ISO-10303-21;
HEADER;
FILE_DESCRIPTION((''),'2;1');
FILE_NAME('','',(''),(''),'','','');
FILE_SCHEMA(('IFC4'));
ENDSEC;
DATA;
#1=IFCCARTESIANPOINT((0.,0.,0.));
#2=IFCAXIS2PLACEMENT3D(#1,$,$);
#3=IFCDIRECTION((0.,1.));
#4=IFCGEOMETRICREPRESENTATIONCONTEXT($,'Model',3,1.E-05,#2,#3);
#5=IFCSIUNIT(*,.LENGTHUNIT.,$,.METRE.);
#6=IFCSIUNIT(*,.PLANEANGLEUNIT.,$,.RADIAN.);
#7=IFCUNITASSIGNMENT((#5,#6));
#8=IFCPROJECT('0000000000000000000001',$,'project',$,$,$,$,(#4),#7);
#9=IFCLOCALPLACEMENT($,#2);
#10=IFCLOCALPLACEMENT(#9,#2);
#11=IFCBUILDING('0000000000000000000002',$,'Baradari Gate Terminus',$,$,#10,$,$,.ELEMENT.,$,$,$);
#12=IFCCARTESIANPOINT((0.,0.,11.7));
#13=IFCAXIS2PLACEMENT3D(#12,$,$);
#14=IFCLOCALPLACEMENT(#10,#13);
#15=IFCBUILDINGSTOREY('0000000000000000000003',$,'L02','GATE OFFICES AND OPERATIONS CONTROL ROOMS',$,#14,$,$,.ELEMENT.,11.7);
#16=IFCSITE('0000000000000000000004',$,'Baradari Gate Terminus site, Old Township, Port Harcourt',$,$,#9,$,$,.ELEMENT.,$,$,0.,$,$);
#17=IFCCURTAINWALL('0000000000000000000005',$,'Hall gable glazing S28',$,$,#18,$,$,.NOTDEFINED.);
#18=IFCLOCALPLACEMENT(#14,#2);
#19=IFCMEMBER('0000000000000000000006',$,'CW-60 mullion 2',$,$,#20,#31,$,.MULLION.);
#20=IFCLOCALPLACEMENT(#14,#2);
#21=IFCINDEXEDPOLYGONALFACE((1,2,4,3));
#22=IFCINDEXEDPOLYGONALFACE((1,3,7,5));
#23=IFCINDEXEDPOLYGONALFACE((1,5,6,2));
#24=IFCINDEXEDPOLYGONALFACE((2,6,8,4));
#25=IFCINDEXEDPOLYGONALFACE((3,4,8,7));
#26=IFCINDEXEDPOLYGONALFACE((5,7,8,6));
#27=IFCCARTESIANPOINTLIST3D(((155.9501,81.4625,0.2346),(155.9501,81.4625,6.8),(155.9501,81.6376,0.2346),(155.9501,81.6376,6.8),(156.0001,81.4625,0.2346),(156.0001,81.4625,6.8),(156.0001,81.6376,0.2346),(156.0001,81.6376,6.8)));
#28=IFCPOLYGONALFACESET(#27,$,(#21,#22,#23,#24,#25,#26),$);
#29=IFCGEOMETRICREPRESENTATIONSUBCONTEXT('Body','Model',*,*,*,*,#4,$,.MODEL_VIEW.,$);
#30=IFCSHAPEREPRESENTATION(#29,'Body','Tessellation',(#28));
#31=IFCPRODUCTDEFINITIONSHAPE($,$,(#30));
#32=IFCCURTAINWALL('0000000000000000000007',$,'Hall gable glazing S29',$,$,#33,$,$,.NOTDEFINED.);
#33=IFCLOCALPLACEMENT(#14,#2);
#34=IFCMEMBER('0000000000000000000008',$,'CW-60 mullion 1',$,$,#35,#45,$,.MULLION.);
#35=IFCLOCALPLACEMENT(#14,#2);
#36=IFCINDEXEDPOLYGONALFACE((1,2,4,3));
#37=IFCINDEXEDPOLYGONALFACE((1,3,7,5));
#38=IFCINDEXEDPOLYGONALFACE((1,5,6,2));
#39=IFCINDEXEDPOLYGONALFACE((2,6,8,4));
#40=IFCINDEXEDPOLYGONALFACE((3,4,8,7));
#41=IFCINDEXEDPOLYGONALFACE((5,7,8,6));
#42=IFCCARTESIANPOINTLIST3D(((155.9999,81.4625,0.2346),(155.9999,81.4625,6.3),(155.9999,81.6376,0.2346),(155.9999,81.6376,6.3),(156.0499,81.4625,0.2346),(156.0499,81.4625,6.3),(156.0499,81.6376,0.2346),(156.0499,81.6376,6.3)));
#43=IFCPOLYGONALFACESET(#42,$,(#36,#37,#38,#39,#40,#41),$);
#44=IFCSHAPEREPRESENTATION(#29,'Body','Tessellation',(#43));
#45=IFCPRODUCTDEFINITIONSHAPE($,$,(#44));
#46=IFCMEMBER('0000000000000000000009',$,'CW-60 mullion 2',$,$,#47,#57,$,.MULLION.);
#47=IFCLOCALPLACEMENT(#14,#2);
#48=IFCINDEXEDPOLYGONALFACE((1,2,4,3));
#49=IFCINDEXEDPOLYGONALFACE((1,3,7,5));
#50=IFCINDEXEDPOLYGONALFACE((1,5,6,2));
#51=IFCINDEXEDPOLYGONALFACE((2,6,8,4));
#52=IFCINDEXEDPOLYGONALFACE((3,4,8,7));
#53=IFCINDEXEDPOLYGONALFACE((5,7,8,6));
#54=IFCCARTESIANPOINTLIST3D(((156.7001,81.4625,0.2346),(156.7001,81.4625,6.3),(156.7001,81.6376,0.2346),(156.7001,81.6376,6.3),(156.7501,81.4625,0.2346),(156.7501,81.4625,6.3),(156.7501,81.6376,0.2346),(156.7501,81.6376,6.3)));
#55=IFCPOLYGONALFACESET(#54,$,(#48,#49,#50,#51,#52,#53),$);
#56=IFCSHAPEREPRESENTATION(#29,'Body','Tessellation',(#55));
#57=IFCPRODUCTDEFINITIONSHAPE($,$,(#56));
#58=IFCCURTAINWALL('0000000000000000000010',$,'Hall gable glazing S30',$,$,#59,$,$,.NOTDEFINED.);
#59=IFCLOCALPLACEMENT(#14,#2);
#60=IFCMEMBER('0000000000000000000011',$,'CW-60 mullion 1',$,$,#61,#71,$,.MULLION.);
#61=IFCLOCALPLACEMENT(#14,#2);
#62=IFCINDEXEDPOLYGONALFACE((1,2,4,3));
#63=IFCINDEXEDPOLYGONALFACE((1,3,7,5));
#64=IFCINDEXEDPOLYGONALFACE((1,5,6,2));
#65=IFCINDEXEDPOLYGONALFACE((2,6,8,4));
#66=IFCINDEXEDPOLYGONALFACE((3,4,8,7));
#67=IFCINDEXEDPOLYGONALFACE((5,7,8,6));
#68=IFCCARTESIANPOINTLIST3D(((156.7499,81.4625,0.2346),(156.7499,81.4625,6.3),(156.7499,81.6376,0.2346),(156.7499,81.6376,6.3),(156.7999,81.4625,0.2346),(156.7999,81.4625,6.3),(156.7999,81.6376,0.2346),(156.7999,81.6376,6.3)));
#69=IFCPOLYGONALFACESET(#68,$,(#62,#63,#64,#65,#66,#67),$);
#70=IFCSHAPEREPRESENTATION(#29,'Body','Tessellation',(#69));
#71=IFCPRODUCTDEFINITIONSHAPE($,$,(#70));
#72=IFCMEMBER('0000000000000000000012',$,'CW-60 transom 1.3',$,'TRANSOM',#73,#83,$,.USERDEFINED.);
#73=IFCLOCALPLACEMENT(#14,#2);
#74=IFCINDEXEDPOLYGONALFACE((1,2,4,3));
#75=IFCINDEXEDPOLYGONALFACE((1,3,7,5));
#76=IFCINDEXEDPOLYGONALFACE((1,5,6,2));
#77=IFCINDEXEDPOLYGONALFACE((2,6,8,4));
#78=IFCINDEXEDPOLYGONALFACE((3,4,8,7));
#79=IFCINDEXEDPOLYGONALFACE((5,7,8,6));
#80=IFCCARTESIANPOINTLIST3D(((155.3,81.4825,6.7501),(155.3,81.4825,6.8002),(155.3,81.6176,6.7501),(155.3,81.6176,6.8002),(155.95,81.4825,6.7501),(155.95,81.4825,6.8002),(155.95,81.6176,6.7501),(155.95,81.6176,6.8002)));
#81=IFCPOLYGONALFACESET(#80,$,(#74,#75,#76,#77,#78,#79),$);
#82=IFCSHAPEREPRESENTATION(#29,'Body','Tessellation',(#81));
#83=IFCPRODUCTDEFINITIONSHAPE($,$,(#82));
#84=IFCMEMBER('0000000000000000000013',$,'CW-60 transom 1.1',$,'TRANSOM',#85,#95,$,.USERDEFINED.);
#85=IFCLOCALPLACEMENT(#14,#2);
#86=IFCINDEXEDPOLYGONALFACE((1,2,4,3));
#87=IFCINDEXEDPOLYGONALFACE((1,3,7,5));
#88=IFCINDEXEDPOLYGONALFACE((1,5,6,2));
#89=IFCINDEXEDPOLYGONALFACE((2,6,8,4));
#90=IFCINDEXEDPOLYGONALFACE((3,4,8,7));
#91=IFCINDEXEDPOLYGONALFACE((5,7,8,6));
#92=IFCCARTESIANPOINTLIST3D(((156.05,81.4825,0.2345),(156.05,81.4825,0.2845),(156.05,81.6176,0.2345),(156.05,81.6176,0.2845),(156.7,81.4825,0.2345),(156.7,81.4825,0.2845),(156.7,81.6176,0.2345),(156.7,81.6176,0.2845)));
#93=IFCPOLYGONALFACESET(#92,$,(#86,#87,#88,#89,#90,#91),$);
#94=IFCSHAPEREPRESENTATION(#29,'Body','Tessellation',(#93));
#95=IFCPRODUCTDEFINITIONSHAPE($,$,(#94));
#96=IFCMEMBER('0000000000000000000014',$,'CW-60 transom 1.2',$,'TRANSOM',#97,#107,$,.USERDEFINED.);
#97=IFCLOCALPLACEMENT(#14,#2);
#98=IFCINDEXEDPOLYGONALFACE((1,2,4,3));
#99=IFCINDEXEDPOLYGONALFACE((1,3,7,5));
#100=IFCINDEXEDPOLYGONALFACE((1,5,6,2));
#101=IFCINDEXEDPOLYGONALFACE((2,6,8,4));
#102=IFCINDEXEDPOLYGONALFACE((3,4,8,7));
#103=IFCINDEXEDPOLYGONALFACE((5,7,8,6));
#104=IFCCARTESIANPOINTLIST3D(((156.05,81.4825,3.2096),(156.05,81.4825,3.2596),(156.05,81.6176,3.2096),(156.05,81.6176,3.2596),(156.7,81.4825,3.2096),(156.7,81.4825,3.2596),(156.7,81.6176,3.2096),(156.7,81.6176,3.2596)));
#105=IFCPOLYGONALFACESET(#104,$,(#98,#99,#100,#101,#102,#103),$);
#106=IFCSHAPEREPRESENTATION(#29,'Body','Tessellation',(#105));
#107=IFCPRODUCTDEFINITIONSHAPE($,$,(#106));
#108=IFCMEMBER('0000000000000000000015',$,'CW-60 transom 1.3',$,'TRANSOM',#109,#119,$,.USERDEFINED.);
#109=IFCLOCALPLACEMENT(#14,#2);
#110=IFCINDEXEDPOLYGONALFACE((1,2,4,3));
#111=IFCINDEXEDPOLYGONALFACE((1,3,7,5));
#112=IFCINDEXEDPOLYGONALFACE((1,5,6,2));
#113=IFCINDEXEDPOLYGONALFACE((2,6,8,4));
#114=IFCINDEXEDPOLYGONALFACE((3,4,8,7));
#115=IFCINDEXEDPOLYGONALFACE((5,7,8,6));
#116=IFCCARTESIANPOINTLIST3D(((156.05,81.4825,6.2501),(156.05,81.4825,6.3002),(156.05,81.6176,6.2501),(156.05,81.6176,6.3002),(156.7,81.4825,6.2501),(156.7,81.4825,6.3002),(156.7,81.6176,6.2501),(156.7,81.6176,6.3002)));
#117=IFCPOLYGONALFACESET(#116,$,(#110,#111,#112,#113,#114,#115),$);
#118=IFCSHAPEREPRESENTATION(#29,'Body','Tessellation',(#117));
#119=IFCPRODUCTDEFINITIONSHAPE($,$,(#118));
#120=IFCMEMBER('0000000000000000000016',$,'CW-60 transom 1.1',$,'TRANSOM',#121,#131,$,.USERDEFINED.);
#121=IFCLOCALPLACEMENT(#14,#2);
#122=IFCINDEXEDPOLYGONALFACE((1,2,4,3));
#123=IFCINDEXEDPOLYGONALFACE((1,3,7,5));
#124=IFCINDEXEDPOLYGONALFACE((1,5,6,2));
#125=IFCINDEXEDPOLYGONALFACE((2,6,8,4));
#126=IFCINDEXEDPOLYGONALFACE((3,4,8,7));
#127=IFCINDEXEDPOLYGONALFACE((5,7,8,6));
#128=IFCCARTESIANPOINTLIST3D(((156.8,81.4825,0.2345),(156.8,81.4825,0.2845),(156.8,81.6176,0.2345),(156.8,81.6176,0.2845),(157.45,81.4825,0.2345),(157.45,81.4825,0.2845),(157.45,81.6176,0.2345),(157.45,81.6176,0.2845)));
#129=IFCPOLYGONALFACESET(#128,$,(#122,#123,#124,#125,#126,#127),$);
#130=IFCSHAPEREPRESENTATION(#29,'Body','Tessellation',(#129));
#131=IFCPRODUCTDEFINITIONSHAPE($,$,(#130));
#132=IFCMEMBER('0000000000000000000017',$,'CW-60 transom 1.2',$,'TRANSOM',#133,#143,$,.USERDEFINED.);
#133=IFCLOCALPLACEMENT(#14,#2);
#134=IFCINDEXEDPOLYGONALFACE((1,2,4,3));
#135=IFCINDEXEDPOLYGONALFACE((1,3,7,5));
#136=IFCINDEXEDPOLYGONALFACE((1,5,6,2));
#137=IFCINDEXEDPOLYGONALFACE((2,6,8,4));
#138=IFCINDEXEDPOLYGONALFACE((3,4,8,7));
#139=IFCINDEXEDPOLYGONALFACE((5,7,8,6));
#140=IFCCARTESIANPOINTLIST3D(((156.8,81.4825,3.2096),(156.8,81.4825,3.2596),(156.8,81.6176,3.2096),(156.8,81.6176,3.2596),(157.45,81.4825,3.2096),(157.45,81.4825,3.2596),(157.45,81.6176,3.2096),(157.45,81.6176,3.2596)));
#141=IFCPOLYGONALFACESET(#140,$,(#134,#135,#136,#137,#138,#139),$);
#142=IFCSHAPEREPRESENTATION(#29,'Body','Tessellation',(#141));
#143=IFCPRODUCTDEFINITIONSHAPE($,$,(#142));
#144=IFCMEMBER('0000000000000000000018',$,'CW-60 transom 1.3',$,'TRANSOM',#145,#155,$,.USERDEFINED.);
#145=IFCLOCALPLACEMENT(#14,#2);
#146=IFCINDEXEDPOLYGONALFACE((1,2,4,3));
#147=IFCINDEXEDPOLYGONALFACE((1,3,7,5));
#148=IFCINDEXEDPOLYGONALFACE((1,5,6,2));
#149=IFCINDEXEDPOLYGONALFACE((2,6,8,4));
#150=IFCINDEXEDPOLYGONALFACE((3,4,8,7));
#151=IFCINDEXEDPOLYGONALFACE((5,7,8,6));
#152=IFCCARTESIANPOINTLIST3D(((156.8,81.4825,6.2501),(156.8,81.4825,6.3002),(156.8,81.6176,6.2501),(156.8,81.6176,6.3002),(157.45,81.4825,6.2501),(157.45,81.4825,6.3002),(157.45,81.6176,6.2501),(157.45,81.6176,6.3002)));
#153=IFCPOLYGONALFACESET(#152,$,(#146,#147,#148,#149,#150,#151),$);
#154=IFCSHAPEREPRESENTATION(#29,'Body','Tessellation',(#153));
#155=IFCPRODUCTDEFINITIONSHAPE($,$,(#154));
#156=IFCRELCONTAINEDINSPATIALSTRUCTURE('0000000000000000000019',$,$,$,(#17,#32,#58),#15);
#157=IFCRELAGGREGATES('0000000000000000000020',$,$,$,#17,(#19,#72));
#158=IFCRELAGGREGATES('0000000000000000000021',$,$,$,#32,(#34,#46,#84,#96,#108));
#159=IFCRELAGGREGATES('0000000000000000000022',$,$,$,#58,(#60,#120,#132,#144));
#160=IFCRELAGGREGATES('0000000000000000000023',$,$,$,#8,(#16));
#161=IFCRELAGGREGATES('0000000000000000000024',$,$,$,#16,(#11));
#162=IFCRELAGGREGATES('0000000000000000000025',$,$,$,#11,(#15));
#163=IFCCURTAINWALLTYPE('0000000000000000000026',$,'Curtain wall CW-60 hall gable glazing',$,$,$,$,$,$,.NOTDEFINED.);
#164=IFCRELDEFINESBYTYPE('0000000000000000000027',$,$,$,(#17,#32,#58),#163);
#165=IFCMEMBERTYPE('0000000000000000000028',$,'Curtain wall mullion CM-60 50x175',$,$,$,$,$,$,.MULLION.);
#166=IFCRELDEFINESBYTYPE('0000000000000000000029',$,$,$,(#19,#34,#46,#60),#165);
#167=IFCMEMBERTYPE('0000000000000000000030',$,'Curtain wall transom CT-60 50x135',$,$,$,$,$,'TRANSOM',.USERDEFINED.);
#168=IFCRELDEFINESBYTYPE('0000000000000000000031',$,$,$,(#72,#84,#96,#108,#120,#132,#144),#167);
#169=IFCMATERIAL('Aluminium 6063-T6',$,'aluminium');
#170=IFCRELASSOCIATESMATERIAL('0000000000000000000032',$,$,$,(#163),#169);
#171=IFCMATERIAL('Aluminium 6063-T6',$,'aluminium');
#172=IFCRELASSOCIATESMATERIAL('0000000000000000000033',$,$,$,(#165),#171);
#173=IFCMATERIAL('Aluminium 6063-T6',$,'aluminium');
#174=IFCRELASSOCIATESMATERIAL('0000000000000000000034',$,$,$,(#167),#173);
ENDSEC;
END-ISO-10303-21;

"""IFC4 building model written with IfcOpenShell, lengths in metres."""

from ifc_helpers import new_model, si_unit, direction, frame, origin, origin_2d, place, context, subcontext, project, spatial, rectangle, extrude, material, material_profile, profile_set, type_object, element, aggregate, save


model = new_model("IFC4")

# Units and contexts
model_context = context("Model", 3, precision=1e-05, world=origin(), true_north=direction((0.0, 1.0)))
body_context = subcontext(model_context, "Body", "Model", "MODEL_VIEW")
ifc_project = project(units=[si_unit("LENGTHUNIT", "METRE"), si_unit("PLANEANGLEUNIT", "RADIAN")], contexts=[model_context])

# Site, building, storey
site_placement = place(None, origin())
site = spatial("IfcSite", under=ifc_project, at=site_placement, Name="Baradari Gate Terminus site, Old Township, Port Harcourt", CompositionType="ELEMENT", RefElevation=0.0)
building_placement = place(site_placement, origin())
building = spatial("IfcBuilding", under=site, at=building_placement, Name="Baradari Gate Terminus", CompositionType="ELEMENT")
storey_placement = place(building_placement, frame((0.0, 0.0, 11.7)))
storey = spatial("IfcBuildingStorey", under=building, at=storey_placement, Name="L02", Description="GATE OFFICES AND OPERATIONS CONTROL ROOMS", CompositionType="ELEMENT", Elevation=11.7)

# Curtain wall, member
ifc_material_1 = material(Name="Aluminium 6063-T6", Category="aluminium")
curtain_wall_type = type_object("IfcCurtainWallType", Name="Curtain wall CW-60 hall gable glazing", PredefinedType="NOTDEFINED", material=ifc_material_1)
curtain_wall_1_placement = place(storey_placement, origin())
curtain_wall_1 = element("IfcCurtainWall", 1, at=curtain_wall_1_placement, inside=storey, type_object=curtain_wall_type, Name="Hall gable glazing S28", PredefinedType="NOTDEFINED")
ifc_material_2 = material(Name="Aluminium 6063-T6", Category="aluminium")
ifc_material_profile_1 = material_profile(ifc_material_2, rectangle(XDim=0.175, YDim=0.05, at=origin_2d()), Name="CM-60 50X175")
ifc_profile_set_1 = profile_set([ifc_material_profile_1], Name="Aluminium 6063-T6")
member_type_1 = type_object("IfcMemberType", Name="Curtain wall mullion CM-60 50x175", PredefinedType="MULLION", material=ifc_profile_set_1)
member_1_placement = place(storey_placement, frame((155.9751, 81.55, 0.2346), z_axis=(0.0, 0.0, 1.0), x_axis=(0.0, 1.0, 0.0)))
member_1 = element("IfcMember", 2, at=member_1_placement, type_object=member_type_1, Name="CW-60 mullion 2", PredefinedType="MULLION", context=body_context, shape_type="SweptSolid", body=[
    extrude(rectangle(XDim=0.175, YDim=0.05, at=origin_2d()), origin(), (0.0, 0.0, 1.0), 6.5654),
])

# Curtain wall, members
curtain_wall_2_placement = place(storey_placement, origin())
curtain_wall_2 = element("IfcCurtainWall", 3, at=curtain_wall_2_placement, inside=storey, type_object=curtain_wall_type, Name="Hall gable glazing S29", PredefinedType="NOTDEFINED")
member_2_placement = place(storey_placement, frame((156.0249, 81.55, 0.2346), z_axis=(0.0, 0.0, 1.0), x_axis=(0.0, 1.0, 0.0)))
member_2 = element("IfcMember", 4, at=member_2_placement, type_object=member_type_1, Name="CW-60 mullion 1", PredefinedType="MULLION", context=body_context, shape_type="SweptSolid", body=[
    extrude(rectangle(XDim=0.175, YDim=0.05, at=origin_2d()), origin(), (0.0, 0.0, 1.0), 6.0654),
])
member_3_placement = place(storey_placement, frame((156.7251, 81.55, 0.2346), z_axis=(0.0, 0.0, 1.0), x_axis=(0.0, 1.0, 0.0)))
member_3 = element("IfcMember", 5, at=member_3_placement, type_object=member_type_1, Name="CW-60 mullion 2", PredefinedType="MULLION", context=body_context, shape_type="SweptSolid", body=[
    extrude(rectangle(XDim=0.175, YDim=0.05, at=origin_2d()), origin(), (0.0, 0.0, 1.0), 6.0654),
])

# Curtain wall, member
curtain_wall_3_placement = place(storey_placement, origin())
curtain_wall_3 = element("IfcCurtainWall", 6, at=curtain_wall_3_placement, inside=storey, type_object=curtain_wall_type, Name="Hall gable glazing S30", PredefinedType="NOTDEFINED")
member_4_placement = place(storey_placement, frame((156.7749, 81.55, 0.2346), z_axis=(0.0, 0.0, 1.0), x_axis=(0.0, 1.0, 0.0)))
member_4 = element("IfcMember", 7, at=member_4_placement, type_object=member_type_1, Name="CW-60 mullion 1", PredefinedType="MULLION", context=body_context, shape_type="SweptSolid", body=[
    extrude(rectangle(XDim=0.175, YDim=0.05, at=origin_2d()), origin(), (0.0, 0.0, 1.0), 6.0654),
])

# Members
ifc_material_3 = material(Name="Aluminium 6063-T6", Category="aluminium")
ifc_material_profile_2 = material_profile(ifc_material_3, rectangle(XDim=0.135, YDim=0.05, at=origin_2d()), Name="CT-60 50X135")
ifc_profile_set_2 = profile_set([ifc_material_profile_2], Name="Aluminium 6063-T6")
member_type_2 = type_object("IfcMemberType", Name="Curtain wall transom CT-60 50x135", ElementType="TRANSOM", PredefinedType="USERDEFINED", material=ifc_profile_set_2)
member_5_placement = place(storey_placement, frame((155.3, 81.55, 6.7751), z_axis=(1.0, 0.0, 0.0), x_axis=(0.0, 1.0, 0.0)))
member_5 = element("IfcMember", 8, at=member_5_placement, type_object=member_type_2, Name="CW-60 transom 1.3", ObjectType="TRANSOM", PredefinedType="USERDEFINED", context=body_context, shape_type="SweptSolid", body=[
    extrude(rectangle(XDim=0.135, YDim=0.05, at=origin_2d()), origin(), (0.0, 0.0, 1.0), 0.6499),
])
member_6_placement = place(storey_placement, frame((156.05, 81.55, 0.2595), z_axis=(1.0, 0.0, 0.0), x_axis=(0.0, 1.0, 0.0)))
member_6 = element("IfcMember", 9, at=member_6_placement, type_object=member_type_2, Name="CW-60 transom 1.1", ObjectType="TRANSOM", PredefinedType="USERDEFINED", context=body_context, shape_type="SweptSolid", body=[
    extrude(rectangle(XDim=0.135, YDim=0.05, at=origin_2d()), origin(), (0.0, 0.0, 1.0), 0.6499),
])
member_7_placement = place(storey_placement, frame((156.05, 81.55, 3.2346), z_axis=(1.0, 0.0, 0.0), x_axis=(0.0, 1.0, 0.0)))
member_7 = element("IfcMember", 10, at=member_7_placement, type_object=member_type_2, Name="CW-60 transom 1.2", ObjectType="TRANSOM", PredefinedType="USERDEFINED", context=body_context, shape_type="SweptSolid", body=[
    extrude(rectangle(XDim=0.135, YDim=0.05, at=origin_2d()), origin(), (0.0, 0.0, 1.0), 0.6499),
])
member_8_placement = place(storey_placement, frame((156.05, 81.55, 6.2751), z_axis=(1.0, 0.0, 0.0), x_axis=(0.0, 1.0, 0.0)))
member_8 = element("IfcMember", 11, at=member_8_placement, type_object=member_type_2, Name="CW-60 transom 1.3", ObjectType="TRANSOM", PredefinedType="USERDEFINED", context=body_context, shape_type="SweptSolid", body=[
    extrude(rectangle(XDim=0.135, YDim=0.05, at=origin_2d()), origin(), (0.0, 0.0, 1.0), 0.6499),
])
member_9_placement = place(storey_placement, frame((156.8, 81.55, 0.2595), z_axis=(1.0, 0.0, 0.0), x_axis=(0.0, 1.0, 0.0)))
member_9 = element("IfcMember", 12, at=member_9_placement, type_object=member_type_2, Name="CW-60 transom 1.1", ObjectType="TRANSOM", PredefinedType="USERDEFINED", context=body_context, shape_type="SweptSolid", body=[
    extrude(rectangle(XDim=0.135, YDim=0.05, at=origin_2d()), origin(), (0.0, 0.0, 1.0), 0.6499),
])
member_10_placement = place(storey_placement, frame((156.8, 81.55, 3.2346), z_axis=(1.0, 0.0, 0.0), x_axis=(0.0, 1.0, 0.0)))
member_10 = element("IfcMember", 13, at=member_10_placement, type_object=member_type_2, Name="CW-60 transom 1.2", ObjectType="TRANSOM", PredefinedType="USERDEFINED", context=body_context, shape_type="SweptSolid", body=[
    extrude(rectangle(XDim=0.135, YDim=0.05, at=origin_2d()), origin(), (0.0, 0.0, 1.0), 0.6499),
])
member_11_placement = place(storey_placement, frame((156.8, 81.55, 6.2751), z_axis=(1.0, 0.0, 0.0), x_axis=(0.0, 1.0, 0.0)))
member_11 = element("IfcMember", 14, at=member_11_placement, type_object=member_type_2, Name="CW-60 transom 1.3", ObjectType="TRANSOM", PredefinedType="USERDEFINED", context=body_context, shape_type="SweptSolid", body=[
    extrude(rectangle(XDim=0.135, YDim=0.05, at=origin_2d()), origin(), (0.0, 0.0, 1.0), 0.6499),
])

aggregate(curtain_wall_1, [member_1, member_5])
aggregate(curtain_wall_2, [member_2, member_3, member_6, member_7, member_8])
aggregate(curtain_wall_3, [member_4, member_9, member_10, member_11])

save(model, "model.ifc")
